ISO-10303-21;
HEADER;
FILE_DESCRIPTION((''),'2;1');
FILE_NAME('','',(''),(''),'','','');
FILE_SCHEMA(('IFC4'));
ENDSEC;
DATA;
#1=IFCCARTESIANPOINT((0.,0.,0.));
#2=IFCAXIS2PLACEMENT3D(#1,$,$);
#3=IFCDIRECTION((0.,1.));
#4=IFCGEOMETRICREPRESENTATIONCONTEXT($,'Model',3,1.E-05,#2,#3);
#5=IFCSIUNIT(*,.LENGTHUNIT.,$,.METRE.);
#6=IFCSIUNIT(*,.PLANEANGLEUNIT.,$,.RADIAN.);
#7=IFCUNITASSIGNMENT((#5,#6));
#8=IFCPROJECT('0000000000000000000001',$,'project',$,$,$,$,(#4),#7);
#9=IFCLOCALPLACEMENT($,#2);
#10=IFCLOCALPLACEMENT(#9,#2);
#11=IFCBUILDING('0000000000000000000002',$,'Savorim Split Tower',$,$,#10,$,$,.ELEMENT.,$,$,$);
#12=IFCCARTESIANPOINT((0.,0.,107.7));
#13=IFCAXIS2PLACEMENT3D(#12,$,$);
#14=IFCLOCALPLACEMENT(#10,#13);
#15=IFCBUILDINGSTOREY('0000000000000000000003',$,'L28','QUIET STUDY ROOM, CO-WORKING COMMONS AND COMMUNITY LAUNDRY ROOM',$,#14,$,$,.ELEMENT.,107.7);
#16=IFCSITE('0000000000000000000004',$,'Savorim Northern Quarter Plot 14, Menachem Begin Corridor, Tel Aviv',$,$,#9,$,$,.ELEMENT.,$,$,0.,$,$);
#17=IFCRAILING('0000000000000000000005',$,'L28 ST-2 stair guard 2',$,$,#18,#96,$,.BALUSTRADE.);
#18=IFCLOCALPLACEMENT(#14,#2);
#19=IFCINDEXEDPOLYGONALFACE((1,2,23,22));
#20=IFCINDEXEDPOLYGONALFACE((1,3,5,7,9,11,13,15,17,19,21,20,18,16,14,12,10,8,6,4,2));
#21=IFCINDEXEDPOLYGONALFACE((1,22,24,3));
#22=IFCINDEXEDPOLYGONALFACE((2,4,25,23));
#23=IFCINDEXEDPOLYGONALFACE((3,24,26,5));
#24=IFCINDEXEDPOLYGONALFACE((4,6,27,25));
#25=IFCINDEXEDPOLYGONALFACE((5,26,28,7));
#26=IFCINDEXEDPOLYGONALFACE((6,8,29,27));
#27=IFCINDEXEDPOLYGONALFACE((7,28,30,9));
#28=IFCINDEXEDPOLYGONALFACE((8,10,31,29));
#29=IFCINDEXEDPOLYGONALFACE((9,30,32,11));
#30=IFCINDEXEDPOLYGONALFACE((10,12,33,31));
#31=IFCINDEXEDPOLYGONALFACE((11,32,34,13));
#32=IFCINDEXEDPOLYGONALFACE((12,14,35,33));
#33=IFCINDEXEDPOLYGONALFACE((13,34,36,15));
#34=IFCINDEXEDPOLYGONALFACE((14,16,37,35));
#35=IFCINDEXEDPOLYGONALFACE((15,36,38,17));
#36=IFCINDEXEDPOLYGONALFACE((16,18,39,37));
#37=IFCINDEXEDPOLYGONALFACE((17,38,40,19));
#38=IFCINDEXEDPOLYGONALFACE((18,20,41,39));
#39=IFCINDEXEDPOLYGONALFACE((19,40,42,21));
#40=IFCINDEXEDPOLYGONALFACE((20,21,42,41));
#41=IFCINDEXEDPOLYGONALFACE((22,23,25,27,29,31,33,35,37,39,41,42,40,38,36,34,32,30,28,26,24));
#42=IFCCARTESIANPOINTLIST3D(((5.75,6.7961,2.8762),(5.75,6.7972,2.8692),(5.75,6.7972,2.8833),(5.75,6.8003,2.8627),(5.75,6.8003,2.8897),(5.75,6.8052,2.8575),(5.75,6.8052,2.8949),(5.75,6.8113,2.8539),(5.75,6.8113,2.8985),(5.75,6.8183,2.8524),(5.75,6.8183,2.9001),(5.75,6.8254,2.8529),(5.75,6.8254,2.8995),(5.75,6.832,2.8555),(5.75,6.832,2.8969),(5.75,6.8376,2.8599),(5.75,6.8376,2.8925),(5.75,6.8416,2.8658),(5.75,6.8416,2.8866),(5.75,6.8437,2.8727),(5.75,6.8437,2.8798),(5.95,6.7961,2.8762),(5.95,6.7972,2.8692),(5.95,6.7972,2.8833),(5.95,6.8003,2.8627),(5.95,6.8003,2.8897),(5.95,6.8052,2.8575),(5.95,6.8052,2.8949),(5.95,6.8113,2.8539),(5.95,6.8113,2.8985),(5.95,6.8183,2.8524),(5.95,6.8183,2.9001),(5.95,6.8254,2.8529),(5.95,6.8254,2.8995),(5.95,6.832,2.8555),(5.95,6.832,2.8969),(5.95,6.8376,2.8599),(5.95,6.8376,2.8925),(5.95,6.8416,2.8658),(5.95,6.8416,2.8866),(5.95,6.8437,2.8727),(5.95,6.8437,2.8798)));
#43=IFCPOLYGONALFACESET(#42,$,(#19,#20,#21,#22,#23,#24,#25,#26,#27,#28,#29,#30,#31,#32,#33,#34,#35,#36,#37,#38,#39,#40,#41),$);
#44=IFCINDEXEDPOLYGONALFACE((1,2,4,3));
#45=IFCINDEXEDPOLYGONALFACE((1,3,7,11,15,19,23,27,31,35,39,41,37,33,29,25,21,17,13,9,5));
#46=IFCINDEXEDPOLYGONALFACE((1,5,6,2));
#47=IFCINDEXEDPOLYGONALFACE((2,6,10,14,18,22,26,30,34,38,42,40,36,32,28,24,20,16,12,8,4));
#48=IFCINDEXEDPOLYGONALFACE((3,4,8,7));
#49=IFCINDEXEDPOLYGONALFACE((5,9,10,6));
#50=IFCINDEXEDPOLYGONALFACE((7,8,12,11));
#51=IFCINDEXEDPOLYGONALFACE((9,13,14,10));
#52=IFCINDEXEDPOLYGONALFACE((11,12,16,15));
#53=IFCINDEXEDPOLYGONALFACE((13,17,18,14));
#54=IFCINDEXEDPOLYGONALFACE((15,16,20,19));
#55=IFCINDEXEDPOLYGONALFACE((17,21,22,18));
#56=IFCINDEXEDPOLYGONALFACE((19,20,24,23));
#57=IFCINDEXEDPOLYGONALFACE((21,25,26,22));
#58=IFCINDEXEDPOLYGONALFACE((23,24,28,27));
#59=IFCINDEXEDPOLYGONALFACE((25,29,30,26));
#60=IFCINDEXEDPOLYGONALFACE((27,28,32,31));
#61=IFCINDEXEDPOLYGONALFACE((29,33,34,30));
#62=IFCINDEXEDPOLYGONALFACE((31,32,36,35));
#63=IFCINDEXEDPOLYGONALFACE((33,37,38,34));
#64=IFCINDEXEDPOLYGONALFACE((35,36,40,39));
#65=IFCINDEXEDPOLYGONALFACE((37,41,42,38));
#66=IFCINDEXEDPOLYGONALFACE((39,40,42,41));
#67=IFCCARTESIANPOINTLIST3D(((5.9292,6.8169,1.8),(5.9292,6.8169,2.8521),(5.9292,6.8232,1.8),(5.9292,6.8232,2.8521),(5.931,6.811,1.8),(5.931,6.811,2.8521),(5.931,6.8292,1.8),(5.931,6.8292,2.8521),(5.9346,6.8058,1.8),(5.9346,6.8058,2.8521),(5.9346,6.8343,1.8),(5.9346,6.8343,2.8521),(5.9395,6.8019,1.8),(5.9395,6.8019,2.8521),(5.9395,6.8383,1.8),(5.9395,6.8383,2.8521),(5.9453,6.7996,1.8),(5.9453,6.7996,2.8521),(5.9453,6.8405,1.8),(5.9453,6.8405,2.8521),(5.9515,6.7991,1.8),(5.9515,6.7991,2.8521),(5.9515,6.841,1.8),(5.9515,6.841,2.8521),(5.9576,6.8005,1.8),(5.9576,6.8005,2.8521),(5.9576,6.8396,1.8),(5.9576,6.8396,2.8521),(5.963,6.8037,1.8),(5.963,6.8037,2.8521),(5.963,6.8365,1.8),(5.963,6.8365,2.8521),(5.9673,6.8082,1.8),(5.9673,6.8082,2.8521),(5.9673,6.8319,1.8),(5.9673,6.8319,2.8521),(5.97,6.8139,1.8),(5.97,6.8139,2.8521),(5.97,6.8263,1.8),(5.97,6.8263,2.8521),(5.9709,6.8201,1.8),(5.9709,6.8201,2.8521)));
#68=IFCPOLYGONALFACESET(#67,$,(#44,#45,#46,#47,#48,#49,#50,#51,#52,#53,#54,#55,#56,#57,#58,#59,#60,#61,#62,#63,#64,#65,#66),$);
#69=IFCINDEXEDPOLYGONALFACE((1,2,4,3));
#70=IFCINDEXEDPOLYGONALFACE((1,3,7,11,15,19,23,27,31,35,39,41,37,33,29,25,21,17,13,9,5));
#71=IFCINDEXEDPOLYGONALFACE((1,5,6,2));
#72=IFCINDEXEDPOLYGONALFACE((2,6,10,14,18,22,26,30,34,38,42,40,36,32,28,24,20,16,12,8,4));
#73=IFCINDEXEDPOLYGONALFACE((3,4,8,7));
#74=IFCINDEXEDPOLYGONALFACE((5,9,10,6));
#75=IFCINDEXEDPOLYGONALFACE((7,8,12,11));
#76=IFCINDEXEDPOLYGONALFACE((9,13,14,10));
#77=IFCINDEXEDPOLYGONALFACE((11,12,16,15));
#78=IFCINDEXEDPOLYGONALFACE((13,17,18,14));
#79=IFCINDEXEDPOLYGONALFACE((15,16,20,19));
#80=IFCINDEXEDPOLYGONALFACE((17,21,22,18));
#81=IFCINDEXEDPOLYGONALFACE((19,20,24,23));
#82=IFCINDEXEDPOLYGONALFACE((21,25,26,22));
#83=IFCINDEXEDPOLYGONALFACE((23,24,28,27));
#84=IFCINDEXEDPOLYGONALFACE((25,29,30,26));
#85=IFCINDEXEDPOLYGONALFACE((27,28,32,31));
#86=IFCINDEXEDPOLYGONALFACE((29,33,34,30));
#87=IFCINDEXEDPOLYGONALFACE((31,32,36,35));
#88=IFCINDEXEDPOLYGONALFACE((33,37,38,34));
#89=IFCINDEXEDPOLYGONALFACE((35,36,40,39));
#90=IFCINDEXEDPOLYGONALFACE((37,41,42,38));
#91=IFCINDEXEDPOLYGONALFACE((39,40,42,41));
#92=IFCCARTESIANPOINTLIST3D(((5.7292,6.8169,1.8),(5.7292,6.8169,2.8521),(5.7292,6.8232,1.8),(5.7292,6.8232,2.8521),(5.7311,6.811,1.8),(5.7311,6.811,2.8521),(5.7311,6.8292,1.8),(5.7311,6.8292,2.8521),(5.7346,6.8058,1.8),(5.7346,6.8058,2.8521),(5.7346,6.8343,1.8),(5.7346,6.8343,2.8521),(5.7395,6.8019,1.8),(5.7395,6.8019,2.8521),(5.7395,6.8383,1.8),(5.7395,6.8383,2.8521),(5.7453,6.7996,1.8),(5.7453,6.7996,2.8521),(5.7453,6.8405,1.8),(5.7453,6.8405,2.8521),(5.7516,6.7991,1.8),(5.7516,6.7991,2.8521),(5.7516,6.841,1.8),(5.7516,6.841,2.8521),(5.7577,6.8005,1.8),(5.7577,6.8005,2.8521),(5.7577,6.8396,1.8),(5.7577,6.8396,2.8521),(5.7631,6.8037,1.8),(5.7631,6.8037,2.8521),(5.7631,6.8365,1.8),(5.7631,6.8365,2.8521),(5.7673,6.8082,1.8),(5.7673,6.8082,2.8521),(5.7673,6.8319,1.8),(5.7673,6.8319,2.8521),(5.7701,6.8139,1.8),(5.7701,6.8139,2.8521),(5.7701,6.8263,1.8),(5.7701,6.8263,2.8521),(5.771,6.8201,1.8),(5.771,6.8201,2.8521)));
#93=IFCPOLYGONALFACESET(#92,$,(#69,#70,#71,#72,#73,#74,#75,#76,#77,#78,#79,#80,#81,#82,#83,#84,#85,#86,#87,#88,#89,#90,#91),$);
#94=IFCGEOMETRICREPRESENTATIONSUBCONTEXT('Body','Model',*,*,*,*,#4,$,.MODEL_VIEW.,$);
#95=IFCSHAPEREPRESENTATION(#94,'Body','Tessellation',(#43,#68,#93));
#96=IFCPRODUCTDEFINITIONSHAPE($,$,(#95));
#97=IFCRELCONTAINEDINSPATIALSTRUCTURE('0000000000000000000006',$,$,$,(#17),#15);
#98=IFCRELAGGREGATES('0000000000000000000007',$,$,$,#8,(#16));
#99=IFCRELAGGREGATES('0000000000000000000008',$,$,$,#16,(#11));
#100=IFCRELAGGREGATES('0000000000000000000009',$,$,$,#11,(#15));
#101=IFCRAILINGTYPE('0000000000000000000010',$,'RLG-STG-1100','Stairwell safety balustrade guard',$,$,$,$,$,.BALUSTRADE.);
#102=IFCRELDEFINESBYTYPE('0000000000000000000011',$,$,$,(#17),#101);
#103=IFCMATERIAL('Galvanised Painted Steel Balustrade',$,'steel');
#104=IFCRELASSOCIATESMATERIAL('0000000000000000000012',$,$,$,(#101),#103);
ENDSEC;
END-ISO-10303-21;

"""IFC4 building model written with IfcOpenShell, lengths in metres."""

from ifc_helpers import new_model, si_unit, direction, frame, origin, origin_2d, place, context, subcontext, project, spatial, circle, extrude, material, type_object, element, save


model = new_model("IFC4")

# Units and contexts
model_context = context("Model", 3, precision=1e-05, world=origin(), true_north=direction((0.0, 1.0)))
body_context = subcontext(model_context, "Body", "Model", "MODEL_VIEW")
ifc_project = project(units=[si_unit("LENGTHUNIT", "METRE"), si_unit("PLANEANGLEUNIT", "RADIAN")], contexts=[model_context])

# Site, building, storey
site_placement = place(None, origin())
site = spatial("IfcSite", under=ifc_project, at=site_placement, Name="Savorim Northern Quarter Plot 14, Menachem Begin Corridor, Tel Aviv", CompositionType="ELEMENT", RefElevation=0.0)
building_placement = place(site_placement, origin())
building = spatial("IfcBuilding", under=site, at=building_placement, Name="Savorim Split Tower", CompositionType="ELEMENT")
storey_placement = place(building_placement, frame((0.0, 0.0, 107.7)))
storey = spatial("IfcBuildingStorey", under=building, at=storey_placement, Name="L28", Description="QUIET STUDY ROOM, CO-WORKING COMMONS AND COMMUNITY LAUNDRY ROOM", CompositionType="ELEMENT", Elevation=107.7)

# Railing
ifc_material_1 = material(Name="Galvanised Painted Steel Balustrade", Category="steel")
railing_type = type_object("IfcRailingType", Name="RLG-STG-1100", Description="Stairwell safety balustrade guard", PredefinedType="BALUSTRADE", material=ifc_material_1)
railing_1_placement = place(storey_placement, frame((5.95, 6.8201, 1.8)))
element("IfcRailing", 1, at=railing_1_placement, inside=storey, type_object=railing_type, Name="L28 ST-2 stair guard 2", PredefinedType="BALUSTRADE", context=body_context, shape_type="SweptSolid", body=[
    extrude(circle(Radius=0.0239, at=origin_2d()), frame((0.0, 0.0, 1.0762), z_axis=(-1.0, 0.0, 0.0), x_axis=(0.0, -1.0, 0.0)), (0.0, 0.0, 1.0), 0.2),
    extrude(circle(Radius=0.021, at=origin_2d()), origin(), (0.0, 0.0, 1.0), 1.052),
    extrude(circle(Radius=0.021, at=origin_2d()), frame((-0.2, 0.0, 0.0)), (0.0, 0.0, 1.0), 1.052),
])

save(model, "model.ifc")
